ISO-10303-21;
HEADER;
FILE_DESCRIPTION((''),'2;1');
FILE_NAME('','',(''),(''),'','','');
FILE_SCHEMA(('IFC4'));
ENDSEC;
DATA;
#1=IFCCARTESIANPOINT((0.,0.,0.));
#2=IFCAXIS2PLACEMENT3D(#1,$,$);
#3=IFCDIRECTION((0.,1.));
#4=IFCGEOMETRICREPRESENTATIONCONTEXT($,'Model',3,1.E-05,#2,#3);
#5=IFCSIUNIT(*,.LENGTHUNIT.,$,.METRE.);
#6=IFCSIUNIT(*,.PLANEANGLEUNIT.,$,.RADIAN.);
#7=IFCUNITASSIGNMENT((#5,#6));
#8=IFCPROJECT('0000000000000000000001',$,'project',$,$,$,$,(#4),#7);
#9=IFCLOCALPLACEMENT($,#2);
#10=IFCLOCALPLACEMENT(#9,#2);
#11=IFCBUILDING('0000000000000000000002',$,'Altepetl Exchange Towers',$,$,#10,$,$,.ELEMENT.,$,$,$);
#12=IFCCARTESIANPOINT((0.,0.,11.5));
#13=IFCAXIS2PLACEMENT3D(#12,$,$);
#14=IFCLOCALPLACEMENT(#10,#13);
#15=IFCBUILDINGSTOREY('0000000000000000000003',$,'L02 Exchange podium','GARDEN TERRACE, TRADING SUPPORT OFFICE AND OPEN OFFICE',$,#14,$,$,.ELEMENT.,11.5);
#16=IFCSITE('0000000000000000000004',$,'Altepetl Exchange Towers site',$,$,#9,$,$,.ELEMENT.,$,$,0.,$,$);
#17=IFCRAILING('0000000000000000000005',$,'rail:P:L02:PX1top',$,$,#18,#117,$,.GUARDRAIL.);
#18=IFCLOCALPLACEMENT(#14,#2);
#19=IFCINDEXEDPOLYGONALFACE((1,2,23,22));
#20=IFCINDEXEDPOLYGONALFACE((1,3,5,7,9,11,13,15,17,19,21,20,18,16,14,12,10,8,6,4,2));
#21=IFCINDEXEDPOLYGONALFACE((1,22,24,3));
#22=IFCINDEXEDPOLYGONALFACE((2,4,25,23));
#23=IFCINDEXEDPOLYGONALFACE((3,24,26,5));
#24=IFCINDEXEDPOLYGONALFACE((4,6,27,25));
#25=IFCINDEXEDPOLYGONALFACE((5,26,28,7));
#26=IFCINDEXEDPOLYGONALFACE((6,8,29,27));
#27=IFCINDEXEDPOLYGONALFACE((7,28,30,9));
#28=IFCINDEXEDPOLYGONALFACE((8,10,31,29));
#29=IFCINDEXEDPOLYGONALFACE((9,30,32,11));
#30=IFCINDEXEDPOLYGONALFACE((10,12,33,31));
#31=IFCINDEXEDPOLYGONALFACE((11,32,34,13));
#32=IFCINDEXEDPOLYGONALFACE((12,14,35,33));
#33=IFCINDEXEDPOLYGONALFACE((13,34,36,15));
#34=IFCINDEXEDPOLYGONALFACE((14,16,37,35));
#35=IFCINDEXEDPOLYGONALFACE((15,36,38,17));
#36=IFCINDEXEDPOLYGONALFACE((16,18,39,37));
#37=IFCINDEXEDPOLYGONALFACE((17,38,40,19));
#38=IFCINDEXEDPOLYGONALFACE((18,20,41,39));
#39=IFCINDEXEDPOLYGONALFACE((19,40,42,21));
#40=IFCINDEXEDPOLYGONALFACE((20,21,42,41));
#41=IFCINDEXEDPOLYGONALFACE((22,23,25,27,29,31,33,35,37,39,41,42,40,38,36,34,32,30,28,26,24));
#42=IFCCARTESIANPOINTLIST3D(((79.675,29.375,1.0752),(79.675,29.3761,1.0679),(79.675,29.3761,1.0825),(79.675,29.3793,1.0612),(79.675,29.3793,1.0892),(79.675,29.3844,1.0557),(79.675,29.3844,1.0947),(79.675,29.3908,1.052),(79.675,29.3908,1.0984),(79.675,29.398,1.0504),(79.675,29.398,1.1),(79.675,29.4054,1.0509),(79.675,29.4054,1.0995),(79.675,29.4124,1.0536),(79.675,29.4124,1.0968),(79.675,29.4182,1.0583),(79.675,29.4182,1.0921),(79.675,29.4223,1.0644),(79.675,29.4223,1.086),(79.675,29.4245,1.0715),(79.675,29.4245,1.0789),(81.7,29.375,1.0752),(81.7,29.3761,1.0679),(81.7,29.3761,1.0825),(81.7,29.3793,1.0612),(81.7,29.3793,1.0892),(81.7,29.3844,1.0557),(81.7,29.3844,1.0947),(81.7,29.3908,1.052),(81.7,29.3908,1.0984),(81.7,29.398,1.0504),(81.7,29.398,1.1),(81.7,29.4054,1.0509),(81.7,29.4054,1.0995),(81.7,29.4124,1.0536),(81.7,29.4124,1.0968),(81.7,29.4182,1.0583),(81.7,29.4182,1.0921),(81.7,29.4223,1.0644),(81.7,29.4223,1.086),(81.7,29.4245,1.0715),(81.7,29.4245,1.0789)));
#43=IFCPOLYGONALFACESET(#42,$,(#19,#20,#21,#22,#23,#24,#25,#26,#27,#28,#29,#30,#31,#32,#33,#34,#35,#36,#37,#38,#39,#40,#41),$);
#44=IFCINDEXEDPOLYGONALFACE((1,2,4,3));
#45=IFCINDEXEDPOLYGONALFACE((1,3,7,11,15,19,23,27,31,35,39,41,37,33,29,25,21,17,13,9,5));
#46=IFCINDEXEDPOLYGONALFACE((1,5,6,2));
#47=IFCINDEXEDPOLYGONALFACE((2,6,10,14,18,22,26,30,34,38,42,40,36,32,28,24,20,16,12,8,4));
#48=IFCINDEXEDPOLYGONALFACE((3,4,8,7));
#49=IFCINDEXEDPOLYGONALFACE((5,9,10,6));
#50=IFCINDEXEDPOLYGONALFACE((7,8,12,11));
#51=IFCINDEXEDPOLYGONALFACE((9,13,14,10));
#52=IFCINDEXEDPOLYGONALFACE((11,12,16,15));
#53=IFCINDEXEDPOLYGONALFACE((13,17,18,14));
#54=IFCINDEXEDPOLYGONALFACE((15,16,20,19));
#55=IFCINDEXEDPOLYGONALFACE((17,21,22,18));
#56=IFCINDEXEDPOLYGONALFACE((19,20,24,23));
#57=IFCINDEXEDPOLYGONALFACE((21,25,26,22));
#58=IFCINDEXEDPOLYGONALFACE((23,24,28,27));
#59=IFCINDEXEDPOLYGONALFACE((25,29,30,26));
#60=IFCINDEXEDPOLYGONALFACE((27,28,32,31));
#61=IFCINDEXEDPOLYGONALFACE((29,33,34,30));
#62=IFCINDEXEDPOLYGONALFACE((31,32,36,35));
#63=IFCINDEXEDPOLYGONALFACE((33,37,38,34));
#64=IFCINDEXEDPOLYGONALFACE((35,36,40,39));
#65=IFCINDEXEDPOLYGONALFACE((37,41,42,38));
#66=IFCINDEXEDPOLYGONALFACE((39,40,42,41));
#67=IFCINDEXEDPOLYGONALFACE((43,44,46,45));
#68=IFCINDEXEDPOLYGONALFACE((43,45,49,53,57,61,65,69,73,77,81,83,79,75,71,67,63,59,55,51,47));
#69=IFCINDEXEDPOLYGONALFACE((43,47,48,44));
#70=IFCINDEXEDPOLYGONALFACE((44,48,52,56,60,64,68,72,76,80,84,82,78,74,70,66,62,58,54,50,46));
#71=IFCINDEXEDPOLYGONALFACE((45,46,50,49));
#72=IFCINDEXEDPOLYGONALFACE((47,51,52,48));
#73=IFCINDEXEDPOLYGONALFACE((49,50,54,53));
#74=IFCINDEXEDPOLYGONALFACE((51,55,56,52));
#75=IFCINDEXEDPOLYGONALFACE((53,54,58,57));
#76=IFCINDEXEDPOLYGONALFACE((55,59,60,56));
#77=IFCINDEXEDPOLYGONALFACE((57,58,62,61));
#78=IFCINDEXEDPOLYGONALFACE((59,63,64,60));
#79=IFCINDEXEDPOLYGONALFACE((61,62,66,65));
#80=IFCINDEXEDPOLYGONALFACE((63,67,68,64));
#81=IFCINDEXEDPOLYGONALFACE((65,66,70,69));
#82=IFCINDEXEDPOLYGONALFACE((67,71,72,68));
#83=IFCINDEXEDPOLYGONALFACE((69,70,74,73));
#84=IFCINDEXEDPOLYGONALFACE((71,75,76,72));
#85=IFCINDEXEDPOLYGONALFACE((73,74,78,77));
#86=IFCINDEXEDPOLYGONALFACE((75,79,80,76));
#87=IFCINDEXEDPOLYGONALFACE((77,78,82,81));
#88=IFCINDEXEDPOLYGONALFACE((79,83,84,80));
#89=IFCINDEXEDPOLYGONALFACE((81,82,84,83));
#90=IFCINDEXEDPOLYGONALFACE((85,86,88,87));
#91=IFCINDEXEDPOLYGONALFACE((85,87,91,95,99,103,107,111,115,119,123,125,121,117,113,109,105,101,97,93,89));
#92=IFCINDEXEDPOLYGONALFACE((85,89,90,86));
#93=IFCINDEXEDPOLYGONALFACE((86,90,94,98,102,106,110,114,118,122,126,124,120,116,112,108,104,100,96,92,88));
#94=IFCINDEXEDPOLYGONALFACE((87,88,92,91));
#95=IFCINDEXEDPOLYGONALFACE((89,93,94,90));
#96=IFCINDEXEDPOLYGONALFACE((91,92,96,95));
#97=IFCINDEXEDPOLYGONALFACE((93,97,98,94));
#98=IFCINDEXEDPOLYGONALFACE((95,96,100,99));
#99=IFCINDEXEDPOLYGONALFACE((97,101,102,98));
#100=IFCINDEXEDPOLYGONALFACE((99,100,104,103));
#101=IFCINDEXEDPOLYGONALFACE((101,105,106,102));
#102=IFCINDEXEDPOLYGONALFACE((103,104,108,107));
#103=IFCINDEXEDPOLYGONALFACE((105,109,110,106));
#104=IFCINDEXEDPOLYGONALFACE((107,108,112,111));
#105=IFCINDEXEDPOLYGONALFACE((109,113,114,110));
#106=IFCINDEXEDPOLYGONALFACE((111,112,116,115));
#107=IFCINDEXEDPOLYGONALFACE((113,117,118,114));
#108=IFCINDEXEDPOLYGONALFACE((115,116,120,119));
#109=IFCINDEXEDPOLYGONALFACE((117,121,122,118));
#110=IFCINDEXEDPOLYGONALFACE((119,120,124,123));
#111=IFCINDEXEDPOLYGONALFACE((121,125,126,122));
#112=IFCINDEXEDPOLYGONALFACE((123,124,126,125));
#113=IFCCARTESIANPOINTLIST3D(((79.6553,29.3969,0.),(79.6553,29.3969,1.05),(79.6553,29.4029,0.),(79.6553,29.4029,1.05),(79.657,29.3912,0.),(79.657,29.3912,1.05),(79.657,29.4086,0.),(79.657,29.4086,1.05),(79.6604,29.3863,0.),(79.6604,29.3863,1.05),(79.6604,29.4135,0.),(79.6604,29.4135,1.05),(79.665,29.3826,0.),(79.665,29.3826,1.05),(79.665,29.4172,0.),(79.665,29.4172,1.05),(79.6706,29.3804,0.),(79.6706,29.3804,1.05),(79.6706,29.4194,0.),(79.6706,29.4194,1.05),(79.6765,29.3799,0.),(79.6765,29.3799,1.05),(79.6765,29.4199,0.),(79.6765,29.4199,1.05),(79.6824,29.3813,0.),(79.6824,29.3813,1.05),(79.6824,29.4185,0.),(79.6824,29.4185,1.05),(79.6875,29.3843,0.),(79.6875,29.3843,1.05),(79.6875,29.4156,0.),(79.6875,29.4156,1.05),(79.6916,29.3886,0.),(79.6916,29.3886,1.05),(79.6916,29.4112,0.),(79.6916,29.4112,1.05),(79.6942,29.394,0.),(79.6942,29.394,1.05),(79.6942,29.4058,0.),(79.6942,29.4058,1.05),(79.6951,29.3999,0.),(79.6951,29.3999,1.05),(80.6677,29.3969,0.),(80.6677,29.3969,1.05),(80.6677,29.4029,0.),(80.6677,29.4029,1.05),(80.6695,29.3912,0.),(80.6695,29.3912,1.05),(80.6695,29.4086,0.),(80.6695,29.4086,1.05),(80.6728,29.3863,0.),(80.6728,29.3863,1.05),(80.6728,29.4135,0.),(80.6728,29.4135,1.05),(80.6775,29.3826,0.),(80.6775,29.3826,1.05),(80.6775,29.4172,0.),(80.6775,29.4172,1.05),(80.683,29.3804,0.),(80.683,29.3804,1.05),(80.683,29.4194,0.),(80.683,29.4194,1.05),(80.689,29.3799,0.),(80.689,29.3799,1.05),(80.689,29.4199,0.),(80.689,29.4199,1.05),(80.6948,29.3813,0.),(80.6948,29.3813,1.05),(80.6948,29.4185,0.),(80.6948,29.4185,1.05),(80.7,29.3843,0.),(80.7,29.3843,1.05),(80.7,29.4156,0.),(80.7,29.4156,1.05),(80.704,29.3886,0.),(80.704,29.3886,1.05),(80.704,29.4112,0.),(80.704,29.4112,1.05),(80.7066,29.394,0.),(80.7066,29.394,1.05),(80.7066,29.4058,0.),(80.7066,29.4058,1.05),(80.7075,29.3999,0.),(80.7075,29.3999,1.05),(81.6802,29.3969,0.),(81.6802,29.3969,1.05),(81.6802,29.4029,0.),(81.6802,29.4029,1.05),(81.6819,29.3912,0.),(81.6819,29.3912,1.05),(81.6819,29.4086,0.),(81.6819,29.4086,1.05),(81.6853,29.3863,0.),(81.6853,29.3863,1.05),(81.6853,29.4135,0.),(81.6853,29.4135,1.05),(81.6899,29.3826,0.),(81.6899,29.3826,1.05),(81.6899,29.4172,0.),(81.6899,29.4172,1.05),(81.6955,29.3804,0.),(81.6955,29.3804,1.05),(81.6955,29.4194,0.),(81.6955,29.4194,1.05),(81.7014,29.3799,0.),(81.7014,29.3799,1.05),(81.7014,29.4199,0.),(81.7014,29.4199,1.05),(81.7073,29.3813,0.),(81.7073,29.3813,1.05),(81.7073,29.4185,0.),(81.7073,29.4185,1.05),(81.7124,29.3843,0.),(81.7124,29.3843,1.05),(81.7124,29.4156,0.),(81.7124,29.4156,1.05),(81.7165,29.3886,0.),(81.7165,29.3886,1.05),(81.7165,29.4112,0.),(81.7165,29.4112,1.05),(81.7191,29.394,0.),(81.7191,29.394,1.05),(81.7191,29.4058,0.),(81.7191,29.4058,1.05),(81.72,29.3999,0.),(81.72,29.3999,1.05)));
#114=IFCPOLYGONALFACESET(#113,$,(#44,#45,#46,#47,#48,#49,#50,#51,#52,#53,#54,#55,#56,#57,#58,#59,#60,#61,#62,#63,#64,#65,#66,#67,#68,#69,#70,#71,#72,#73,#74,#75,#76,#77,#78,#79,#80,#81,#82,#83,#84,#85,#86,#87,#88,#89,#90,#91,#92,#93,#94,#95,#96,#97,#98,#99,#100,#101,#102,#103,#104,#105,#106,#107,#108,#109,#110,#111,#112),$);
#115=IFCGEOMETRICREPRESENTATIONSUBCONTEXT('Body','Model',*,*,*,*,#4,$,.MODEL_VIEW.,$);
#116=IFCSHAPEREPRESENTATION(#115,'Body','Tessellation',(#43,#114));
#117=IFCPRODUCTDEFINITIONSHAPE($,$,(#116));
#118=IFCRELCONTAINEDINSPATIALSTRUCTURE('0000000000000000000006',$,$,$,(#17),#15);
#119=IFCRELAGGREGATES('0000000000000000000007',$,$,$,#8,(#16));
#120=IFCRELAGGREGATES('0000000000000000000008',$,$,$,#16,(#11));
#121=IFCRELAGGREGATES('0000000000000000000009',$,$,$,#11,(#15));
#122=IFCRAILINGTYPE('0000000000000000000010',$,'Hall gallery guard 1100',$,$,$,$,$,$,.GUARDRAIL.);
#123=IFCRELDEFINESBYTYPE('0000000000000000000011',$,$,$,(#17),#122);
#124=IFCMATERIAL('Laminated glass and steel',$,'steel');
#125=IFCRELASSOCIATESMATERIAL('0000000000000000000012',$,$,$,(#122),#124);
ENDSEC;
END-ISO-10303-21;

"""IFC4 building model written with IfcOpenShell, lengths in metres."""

from ifc_helpers import new_model, si_unit, direction, frame, origin, origin_2d, place, context, subcontext, project, spatial, circle, extrude, source, transform, mapped, material, type_object, element, save


model = new_model("IFC4")

# Units and contexts
model_context = context("Model", 3, precision=1e-05, world=origin(), true_north=direction((0.0, 1.0)))
body_context = subcontext(model_context, "Body", "Model", "MODEL_VIEW")
ifc_project = project(units=[si_unit("LENGTHUNIT", "METRE"), si_unit("PLANEANGLEUNIT", "RADIAN")], contexts=[model_context])

# Site, building, storey
site_placement = place(None, origin())
site = spatial("IfcSite", under=ifc_project, at=site_placement, Name="Altepetl Exchange Towers site", CompositionType="ELEMENT", RefElevation=0.0)
building_placement = place(site_placement, origin())
building = spatial("IfcBuilding", under=site, at=building_placement, Name="Altepetl Exchange Towers", CompositionType="ELEMENT")
storey_placement = place(building_placement, frame((0.0, 0.0, 11.5)))
storey = spatial("IfcBuildingStorey", under=building, at=storey_placement, Name="L02 Exchange podium", Description="GARDEN TERRACE, TRADING SUPPORT OFFICE AND OPEN OFFICE", CompositionType="ELEMENT", Elevation=11.5)

# Railing
ifc_material_1 = material(Name="Laminated glass and steel", Category="steel")
railing_type = type_object("IfcRailingType", Name="Hall gallery guard 1100", PredefinedType="GUARDRAIL", material=ifc_material_1)
shared_shape = source(origin(), body_context, "Body", "SweptSolid", [
    extrude(circle(Radius=0.02, at=origin_2d()), origin(), (0.0, 0.0, 1.0), 1.05),
])
railing_placement = place(storey_placement, frame((81.7, 29.3999, 0.0)))
element("IfcRailing", 1, at=railing_placement, inside=storey, type_object=railing_type, Name="rail:P:L02:PX1top", PredefinedType="GUARDRAIL", context=body_context, shape_type="SweptSolid", body=[
    extrude(circle(Radius=0.0249, at=origin_2d()), frame((0.0, 0.0, 1.0752), z_axis=(-1.0, 0.0, 0.0), x_axis=(0.0, -1.0, 0.0)), (0.0, 0.0, 1.0), 2.0249),
    mapped(shared_shape, transform((0.0, 0.0, 0.0))),
    mapped(shared_shape, transform((-1.0125, 0.0, 0.0))),
    mapped(shared_shape, transform((-2.0249, 0.0, 0.0))),
])

save(model, "model.ifc")
